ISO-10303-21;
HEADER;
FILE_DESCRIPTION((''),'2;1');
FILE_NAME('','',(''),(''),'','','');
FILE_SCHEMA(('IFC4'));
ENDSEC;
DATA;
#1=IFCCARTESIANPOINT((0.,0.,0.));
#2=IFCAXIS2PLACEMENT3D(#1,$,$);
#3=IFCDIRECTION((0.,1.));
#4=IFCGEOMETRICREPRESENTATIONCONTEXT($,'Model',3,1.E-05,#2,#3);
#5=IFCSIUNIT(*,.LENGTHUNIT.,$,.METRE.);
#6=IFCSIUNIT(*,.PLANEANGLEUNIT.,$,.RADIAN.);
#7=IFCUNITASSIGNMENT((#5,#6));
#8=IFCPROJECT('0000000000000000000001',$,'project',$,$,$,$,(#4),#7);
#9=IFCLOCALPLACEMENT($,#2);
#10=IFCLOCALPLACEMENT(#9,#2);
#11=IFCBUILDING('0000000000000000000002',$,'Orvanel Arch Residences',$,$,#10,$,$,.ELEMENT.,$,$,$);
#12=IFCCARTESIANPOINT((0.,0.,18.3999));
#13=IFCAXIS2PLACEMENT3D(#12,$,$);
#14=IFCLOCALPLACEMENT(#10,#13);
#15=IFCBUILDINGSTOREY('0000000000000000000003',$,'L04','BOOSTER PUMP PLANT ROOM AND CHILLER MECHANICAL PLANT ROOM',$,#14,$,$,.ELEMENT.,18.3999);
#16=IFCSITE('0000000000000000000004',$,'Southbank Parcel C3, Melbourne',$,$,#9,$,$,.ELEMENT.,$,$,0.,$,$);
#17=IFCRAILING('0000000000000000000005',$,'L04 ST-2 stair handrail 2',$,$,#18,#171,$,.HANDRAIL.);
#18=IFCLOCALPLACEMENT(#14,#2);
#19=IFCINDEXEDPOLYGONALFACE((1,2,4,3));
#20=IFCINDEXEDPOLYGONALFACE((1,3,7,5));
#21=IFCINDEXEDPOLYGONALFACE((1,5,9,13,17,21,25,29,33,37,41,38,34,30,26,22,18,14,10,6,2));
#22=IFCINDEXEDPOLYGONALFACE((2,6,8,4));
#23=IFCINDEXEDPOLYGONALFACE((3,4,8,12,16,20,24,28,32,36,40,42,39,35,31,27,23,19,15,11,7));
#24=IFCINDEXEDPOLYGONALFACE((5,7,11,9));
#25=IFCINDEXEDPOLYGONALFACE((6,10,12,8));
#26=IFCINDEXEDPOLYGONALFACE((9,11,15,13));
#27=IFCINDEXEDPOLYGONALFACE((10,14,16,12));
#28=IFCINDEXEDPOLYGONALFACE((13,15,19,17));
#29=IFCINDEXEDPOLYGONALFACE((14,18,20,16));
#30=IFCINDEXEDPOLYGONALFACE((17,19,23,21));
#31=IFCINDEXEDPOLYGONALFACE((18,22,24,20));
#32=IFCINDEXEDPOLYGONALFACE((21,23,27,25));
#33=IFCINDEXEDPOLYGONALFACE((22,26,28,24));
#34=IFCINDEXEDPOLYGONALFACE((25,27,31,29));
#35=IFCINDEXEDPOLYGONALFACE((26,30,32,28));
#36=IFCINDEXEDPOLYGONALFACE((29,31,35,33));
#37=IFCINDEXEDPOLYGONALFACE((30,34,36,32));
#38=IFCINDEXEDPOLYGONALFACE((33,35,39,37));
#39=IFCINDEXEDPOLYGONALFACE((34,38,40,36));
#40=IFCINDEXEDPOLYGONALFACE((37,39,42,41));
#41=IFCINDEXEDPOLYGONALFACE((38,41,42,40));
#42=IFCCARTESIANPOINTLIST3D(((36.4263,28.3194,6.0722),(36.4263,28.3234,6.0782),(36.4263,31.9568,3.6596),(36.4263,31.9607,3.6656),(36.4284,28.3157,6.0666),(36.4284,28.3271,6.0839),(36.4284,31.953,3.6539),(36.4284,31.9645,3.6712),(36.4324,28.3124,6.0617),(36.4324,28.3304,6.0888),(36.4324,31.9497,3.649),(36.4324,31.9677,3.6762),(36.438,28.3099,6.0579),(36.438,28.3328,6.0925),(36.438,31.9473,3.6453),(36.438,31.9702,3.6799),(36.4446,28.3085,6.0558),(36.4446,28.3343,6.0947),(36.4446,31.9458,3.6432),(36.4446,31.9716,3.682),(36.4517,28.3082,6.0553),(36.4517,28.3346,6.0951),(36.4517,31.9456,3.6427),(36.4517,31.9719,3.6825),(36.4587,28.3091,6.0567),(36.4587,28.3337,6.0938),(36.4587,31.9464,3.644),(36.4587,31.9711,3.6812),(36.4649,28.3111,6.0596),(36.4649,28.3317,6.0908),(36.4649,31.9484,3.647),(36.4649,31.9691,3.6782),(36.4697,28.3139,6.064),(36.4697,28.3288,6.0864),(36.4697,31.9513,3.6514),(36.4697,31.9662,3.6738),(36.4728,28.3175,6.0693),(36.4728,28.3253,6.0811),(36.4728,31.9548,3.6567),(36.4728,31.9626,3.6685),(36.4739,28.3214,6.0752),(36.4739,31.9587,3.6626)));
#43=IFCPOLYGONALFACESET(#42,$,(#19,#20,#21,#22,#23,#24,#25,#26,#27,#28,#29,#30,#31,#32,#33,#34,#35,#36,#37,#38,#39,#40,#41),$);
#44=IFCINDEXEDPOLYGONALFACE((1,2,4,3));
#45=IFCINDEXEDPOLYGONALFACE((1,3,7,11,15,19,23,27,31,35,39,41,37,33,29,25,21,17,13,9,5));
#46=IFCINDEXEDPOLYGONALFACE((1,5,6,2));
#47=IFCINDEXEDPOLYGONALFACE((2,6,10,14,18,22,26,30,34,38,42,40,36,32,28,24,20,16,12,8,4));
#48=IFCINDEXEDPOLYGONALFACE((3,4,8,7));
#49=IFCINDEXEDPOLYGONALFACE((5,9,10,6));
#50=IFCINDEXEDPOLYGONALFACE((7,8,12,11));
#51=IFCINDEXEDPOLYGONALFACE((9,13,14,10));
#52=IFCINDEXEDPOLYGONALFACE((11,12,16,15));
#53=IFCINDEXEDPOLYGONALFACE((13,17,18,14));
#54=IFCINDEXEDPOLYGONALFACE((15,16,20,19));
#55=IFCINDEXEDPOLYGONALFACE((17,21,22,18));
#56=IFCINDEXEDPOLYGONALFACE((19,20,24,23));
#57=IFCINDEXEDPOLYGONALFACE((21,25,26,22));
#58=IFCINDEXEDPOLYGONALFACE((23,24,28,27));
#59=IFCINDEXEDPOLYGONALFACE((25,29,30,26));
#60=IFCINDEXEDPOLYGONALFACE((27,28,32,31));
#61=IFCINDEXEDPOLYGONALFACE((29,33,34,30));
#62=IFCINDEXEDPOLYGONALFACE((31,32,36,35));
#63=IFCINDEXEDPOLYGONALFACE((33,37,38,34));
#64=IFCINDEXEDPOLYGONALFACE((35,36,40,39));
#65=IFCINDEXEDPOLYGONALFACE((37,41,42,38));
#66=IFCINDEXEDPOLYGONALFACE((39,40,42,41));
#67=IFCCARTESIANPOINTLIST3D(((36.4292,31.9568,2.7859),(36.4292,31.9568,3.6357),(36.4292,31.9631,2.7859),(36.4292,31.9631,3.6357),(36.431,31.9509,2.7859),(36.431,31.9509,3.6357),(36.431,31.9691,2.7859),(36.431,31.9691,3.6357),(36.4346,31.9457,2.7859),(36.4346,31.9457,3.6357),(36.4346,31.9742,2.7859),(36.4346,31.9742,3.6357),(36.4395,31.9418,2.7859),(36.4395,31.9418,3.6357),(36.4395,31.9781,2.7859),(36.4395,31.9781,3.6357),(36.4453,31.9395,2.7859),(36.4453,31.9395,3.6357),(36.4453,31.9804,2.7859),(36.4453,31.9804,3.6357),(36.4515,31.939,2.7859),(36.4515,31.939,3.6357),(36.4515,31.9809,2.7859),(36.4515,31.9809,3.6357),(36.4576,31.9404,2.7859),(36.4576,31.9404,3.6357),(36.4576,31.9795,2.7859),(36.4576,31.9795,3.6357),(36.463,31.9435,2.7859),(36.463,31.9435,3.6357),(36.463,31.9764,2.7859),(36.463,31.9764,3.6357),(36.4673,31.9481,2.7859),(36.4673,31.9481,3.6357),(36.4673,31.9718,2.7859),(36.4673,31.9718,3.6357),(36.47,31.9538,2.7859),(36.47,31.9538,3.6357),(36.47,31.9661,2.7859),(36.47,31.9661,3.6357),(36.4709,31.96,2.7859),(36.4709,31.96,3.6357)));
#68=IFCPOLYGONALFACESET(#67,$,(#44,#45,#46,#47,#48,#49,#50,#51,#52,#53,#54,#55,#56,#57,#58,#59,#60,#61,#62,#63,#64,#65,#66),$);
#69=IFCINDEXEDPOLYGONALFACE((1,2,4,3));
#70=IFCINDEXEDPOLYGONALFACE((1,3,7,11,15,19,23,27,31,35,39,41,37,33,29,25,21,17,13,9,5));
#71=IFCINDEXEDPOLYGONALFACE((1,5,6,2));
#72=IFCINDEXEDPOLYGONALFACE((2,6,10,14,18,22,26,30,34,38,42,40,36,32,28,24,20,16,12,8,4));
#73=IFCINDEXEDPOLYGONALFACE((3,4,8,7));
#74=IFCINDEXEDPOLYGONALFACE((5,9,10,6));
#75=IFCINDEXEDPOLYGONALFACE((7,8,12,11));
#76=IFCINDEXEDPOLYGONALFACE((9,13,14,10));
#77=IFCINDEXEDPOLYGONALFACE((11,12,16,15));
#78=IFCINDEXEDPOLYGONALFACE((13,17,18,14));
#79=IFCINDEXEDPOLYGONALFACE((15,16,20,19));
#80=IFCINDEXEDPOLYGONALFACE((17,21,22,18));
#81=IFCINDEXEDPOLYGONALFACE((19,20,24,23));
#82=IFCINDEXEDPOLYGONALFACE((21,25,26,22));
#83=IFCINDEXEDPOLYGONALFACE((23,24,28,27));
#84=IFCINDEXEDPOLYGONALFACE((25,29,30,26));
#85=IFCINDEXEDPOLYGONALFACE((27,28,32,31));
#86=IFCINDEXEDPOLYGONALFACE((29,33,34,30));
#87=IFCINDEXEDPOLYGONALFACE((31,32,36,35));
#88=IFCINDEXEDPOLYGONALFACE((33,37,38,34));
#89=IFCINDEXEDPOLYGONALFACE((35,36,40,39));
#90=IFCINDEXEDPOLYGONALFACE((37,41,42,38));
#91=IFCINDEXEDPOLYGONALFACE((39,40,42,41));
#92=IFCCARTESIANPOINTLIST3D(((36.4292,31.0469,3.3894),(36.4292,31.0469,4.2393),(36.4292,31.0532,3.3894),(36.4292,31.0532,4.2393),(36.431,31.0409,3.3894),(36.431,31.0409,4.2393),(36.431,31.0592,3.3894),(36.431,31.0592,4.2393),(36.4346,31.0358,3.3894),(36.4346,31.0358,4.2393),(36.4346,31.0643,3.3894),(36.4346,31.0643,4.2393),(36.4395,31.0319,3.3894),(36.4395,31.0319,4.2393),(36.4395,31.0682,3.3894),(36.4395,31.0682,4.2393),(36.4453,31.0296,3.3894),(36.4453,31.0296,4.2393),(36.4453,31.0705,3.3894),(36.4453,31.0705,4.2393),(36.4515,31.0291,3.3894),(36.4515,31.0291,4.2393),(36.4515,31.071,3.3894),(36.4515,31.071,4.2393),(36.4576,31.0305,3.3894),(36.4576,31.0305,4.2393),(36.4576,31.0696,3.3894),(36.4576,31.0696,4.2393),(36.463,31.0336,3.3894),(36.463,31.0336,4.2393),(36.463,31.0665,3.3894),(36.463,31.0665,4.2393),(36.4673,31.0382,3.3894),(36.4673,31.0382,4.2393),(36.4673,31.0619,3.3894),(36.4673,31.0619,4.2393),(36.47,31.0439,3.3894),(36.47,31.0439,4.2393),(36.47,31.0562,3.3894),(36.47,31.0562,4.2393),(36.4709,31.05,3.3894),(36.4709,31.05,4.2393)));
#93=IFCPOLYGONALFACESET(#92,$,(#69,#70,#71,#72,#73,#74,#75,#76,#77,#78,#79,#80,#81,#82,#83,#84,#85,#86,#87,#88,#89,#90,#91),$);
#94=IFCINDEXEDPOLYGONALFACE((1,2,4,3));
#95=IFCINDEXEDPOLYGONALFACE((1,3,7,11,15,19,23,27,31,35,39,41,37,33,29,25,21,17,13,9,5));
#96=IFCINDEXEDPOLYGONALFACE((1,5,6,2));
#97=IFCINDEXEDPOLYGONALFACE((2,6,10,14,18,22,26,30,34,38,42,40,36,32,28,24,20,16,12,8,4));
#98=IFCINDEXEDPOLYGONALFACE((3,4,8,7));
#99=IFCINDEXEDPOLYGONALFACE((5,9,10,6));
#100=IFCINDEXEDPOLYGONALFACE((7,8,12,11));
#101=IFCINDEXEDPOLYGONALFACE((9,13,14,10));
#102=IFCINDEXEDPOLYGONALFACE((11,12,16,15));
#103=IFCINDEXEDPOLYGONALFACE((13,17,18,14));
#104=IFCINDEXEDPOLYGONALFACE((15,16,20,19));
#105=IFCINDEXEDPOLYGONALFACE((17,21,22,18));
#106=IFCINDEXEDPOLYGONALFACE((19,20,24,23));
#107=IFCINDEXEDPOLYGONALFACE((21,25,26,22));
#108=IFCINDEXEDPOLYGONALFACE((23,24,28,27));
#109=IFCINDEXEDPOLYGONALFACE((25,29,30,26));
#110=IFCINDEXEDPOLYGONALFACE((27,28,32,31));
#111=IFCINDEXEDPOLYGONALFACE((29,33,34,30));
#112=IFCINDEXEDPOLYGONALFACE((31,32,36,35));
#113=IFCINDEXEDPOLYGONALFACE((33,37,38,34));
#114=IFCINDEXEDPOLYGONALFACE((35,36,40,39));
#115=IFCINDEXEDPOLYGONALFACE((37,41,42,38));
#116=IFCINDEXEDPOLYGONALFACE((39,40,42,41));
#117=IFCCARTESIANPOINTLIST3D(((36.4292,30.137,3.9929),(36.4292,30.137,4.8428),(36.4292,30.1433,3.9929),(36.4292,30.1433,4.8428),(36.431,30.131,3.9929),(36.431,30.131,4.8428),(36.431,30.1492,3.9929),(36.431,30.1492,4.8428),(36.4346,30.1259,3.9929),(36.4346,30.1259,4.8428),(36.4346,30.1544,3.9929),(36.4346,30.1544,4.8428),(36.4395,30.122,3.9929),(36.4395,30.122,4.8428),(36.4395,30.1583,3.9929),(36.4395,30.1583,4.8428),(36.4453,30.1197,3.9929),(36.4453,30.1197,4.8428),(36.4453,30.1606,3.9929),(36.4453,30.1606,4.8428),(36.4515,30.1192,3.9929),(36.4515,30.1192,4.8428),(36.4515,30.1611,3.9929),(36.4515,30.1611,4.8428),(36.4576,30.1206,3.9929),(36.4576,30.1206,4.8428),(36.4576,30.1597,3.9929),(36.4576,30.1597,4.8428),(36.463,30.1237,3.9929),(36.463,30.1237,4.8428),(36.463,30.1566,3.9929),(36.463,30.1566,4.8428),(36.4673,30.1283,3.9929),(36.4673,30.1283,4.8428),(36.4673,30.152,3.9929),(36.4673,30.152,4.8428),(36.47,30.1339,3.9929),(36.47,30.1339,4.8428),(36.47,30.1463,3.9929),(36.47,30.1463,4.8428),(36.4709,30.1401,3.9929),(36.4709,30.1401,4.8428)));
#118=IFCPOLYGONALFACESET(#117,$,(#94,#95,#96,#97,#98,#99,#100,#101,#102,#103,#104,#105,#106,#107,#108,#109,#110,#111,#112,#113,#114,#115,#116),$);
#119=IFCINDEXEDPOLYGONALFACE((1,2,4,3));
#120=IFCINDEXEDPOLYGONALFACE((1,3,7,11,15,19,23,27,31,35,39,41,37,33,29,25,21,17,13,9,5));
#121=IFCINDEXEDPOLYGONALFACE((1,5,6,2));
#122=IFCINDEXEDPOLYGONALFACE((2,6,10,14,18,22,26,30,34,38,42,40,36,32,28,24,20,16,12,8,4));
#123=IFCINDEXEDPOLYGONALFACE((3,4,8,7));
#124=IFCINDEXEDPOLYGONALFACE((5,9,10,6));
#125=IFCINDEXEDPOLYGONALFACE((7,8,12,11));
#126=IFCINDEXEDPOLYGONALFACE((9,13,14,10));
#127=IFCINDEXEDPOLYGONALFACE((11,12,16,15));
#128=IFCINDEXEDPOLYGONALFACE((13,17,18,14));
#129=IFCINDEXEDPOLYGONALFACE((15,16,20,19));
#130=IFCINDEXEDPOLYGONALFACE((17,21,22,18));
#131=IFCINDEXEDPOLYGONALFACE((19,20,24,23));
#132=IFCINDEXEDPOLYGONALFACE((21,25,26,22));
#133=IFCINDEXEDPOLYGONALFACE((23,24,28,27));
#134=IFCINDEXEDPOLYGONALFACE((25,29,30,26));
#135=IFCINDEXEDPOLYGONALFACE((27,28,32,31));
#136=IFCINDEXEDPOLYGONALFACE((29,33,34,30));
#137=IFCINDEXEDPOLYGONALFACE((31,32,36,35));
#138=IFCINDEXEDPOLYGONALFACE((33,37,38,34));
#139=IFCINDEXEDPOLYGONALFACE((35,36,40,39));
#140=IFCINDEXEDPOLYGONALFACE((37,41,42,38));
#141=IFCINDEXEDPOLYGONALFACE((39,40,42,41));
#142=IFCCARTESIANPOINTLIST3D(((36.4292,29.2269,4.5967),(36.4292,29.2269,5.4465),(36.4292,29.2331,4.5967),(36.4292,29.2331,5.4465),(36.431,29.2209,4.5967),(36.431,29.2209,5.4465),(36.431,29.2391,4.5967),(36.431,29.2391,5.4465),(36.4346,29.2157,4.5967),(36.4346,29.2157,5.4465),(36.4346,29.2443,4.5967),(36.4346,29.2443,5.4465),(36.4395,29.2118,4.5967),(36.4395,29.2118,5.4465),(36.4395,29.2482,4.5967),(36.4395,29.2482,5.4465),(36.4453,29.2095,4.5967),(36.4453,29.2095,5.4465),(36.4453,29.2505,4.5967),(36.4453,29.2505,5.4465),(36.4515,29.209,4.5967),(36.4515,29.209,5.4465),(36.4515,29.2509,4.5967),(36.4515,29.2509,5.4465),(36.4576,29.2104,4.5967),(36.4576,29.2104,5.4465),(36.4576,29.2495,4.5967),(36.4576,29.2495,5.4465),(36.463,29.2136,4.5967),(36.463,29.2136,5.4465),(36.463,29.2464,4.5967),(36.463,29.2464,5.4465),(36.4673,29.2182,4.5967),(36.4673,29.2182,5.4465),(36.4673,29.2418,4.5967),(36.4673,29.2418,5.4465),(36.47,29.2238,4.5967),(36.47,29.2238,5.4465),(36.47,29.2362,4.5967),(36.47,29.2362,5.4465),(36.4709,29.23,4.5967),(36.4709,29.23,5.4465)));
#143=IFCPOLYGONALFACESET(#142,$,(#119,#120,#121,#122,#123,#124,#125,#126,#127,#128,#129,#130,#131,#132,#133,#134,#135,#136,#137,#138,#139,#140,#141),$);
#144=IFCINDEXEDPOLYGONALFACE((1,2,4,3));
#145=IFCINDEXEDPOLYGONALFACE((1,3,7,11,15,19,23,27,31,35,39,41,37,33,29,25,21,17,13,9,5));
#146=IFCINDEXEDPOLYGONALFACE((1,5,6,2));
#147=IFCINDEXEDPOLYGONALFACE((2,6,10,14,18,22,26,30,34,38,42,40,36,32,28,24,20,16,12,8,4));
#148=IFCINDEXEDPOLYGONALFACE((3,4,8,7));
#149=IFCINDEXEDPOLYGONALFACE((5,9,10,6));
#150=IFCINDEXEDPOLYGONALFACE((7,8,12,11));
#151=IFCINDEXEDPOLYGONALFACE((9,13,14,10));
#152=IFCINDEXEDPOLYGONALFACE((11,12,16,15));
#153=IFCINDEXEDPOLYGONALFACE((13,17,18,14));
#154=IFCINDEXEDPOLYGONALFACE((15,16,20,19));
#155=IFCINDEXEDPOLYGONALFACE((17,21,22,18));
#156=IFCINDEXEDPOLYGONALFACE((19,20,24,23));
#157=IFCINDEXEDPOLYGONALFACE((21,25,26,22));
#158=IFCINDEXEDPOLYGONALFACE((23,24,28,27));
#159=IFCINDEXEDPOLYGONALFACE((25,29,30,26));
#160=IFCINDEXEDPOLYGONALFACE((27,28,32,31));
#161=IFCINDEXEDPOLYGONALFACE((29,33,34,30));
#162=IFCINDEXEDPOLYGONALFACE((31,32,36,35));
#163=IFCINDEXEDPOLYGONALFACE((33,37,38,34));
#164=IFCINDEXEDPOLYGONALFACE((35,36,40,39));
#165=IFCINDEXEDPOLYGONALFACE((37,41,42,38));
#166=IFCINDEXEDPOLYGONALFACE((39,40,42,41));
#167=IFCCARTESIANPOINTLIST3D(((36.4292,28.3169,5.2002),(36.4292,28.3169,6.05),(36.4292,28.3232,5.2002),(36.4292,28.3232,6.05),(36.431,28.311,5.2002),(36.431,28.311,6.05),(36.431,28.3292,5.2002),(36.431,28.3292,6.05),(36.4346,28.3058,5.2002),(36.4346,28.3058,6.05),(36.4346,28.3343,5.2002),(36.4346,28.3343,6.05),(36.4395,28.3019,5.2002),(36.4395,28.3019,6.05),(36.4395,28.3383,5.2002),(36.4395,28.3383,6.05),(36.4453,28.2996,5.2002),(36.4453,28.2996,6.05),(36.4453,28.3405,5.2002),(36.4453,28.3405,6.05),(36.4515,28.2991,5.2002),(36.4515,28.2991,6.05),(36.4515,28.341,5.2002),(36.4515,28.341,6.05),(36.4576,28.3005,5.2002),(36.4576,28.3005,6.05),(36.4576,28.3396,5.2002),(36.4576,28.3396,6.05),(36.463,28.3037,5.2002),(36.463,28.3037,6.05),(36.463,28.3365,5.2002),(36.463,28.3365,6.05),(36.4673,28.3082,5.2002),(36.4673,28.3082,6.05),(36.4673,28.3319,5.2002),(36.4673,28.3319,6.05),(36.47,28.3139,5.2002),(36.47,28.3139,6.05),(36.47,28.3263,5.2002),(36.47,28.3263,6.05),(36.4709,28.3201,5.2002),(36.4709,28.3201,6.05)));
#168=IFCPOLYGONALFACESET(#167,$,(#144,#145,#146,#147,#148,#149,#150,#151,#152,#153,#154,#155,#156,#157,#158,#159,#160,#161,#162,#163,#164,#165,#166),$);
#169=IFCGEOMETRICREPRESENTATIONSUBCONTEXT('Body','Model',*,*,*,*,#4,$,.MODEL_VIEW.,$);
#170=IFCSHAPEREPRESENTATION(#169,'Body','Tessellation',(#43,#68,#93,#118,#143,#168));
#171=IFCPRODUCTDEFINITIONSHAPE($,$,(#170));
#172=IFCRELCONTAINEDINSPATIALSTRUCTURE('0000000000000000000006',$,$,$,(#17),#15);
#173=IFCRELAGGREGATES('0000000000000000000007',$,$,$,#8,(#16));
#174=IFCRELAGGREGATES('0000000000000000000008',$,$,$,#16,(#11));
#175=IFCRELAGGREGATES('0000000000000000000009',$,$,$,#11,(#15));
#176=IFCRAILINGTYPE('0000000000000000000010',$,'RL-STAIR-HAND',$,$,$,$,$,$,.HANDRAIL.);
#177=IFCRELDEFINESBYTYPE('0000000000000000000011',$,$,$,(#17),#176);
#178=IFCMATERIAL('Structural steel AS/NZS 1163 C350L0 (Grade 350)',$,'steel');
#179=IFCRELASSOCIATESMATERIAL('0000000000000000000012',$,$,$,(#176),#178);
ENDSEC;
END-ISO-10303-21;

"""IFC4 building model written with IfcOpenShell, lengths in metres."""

from ifc_helpers import new_model, si_unit, direction, frame, origin, origin_2d, place, context, subcontext, project, spatial, circle, extrude, material, type_object, element, save


model = new_model("IFC4")

# Units and contexts
model_context = context("Model", 3, precision=1e-05, world=origin(), true_north=direction((0.0, 1.0)))
body_context = subcontext(model_context, "Body", "Model", "MODEL_VIEW")
ifc_project = project(units=[si_unit("LENGTHUNIT", "METRE"), si_unit("PLANEANGLEUNIT", "RADIAN")], contexts=[model_context])

# Site, building, storey
site_placement = place(None, origin())
site = spatial("IfcSite", under=ifc_project, at=site_placement, Name="Southbank Parcel C3, Melbourne", CompositionType="ELEMENT", RefElevation=0.0)
building_placement = place(site_placement, origin())
building = spatial("IfcBuilding", under=site, at=building_placement, Name="Orvanel Arch Residences", CompositionType="ELEMENT")
storey_placement = place(building_placement, frame((0.0, 0.0, 18.3999)))
storey = spatial("IfcBuildingStorey", under=building, at=storey_placement, Name="L04", Description="BOOSTER PUMP PLANT ROOM AND CHILLER MECHANICAL PLANT ROOM", CompositionType="ELEMENT", Elevation=18.3999)

# Railing
ifc_material_1 = material(Name="Structural steel AS/NZS 1163 C350L0 (Grade 350)", Category="steel")
railing_type_1 = type_object("IfcRailingType", Name="RL-STAIR-HAND", PredefinedType="HANDRAIL", material=ifc_material_1)
railing_1_placement = place(storey_placement, frame((36.45, 31.96, 2.7859)))
element("IfcRailing", 1, at=railing_1_placement, inside=storey, type_object=railing_type_1, Name="L04 ST-2 stair handrail 2", PredefinedType="HANDRAIL", context=body_context, shape_type="SweptSolid", body=[
    extrude(circle(Radius=0.0239, at=origin_2d()), frame((0.0, -0.0012, 0.8767), z_axis=(0.0, -0.833347, 0.552751), x_axis=(1.0, 0.0, 0.0)), (0.0, 0.0, 1.0), 4.3647),
    extrude(circle(Radius=0.021, at=origin_2d()), origin(), (0.0, 0.0, 1.0), 0.8499),
    extrude(circle(Radius=0.021, at=origin_2d()), frame((0.0, -0.9099, 0.6035)), (0.0, 0.0, 1.0), 0.8499),
    extrude(circle(Radius=0.021, at=origin_2d()), frame((0.0, -1.8198, 1.207)), (0.0, 0.0, 1.0), 0.8499),
    extrude(circle(Radius=0.021, at=origin_2d()), frame((0.0, -2.73, 1.8108)), (0.0, 0.0, 1.0), 0.8499),
    extrude(circle(Radius=0.021, at=origin_2d()), frame((0.0, -3.6399, 2.4143)), (0.0, 0.0, 1.0), 0.8499),
])

save(model, "model.ifc")
